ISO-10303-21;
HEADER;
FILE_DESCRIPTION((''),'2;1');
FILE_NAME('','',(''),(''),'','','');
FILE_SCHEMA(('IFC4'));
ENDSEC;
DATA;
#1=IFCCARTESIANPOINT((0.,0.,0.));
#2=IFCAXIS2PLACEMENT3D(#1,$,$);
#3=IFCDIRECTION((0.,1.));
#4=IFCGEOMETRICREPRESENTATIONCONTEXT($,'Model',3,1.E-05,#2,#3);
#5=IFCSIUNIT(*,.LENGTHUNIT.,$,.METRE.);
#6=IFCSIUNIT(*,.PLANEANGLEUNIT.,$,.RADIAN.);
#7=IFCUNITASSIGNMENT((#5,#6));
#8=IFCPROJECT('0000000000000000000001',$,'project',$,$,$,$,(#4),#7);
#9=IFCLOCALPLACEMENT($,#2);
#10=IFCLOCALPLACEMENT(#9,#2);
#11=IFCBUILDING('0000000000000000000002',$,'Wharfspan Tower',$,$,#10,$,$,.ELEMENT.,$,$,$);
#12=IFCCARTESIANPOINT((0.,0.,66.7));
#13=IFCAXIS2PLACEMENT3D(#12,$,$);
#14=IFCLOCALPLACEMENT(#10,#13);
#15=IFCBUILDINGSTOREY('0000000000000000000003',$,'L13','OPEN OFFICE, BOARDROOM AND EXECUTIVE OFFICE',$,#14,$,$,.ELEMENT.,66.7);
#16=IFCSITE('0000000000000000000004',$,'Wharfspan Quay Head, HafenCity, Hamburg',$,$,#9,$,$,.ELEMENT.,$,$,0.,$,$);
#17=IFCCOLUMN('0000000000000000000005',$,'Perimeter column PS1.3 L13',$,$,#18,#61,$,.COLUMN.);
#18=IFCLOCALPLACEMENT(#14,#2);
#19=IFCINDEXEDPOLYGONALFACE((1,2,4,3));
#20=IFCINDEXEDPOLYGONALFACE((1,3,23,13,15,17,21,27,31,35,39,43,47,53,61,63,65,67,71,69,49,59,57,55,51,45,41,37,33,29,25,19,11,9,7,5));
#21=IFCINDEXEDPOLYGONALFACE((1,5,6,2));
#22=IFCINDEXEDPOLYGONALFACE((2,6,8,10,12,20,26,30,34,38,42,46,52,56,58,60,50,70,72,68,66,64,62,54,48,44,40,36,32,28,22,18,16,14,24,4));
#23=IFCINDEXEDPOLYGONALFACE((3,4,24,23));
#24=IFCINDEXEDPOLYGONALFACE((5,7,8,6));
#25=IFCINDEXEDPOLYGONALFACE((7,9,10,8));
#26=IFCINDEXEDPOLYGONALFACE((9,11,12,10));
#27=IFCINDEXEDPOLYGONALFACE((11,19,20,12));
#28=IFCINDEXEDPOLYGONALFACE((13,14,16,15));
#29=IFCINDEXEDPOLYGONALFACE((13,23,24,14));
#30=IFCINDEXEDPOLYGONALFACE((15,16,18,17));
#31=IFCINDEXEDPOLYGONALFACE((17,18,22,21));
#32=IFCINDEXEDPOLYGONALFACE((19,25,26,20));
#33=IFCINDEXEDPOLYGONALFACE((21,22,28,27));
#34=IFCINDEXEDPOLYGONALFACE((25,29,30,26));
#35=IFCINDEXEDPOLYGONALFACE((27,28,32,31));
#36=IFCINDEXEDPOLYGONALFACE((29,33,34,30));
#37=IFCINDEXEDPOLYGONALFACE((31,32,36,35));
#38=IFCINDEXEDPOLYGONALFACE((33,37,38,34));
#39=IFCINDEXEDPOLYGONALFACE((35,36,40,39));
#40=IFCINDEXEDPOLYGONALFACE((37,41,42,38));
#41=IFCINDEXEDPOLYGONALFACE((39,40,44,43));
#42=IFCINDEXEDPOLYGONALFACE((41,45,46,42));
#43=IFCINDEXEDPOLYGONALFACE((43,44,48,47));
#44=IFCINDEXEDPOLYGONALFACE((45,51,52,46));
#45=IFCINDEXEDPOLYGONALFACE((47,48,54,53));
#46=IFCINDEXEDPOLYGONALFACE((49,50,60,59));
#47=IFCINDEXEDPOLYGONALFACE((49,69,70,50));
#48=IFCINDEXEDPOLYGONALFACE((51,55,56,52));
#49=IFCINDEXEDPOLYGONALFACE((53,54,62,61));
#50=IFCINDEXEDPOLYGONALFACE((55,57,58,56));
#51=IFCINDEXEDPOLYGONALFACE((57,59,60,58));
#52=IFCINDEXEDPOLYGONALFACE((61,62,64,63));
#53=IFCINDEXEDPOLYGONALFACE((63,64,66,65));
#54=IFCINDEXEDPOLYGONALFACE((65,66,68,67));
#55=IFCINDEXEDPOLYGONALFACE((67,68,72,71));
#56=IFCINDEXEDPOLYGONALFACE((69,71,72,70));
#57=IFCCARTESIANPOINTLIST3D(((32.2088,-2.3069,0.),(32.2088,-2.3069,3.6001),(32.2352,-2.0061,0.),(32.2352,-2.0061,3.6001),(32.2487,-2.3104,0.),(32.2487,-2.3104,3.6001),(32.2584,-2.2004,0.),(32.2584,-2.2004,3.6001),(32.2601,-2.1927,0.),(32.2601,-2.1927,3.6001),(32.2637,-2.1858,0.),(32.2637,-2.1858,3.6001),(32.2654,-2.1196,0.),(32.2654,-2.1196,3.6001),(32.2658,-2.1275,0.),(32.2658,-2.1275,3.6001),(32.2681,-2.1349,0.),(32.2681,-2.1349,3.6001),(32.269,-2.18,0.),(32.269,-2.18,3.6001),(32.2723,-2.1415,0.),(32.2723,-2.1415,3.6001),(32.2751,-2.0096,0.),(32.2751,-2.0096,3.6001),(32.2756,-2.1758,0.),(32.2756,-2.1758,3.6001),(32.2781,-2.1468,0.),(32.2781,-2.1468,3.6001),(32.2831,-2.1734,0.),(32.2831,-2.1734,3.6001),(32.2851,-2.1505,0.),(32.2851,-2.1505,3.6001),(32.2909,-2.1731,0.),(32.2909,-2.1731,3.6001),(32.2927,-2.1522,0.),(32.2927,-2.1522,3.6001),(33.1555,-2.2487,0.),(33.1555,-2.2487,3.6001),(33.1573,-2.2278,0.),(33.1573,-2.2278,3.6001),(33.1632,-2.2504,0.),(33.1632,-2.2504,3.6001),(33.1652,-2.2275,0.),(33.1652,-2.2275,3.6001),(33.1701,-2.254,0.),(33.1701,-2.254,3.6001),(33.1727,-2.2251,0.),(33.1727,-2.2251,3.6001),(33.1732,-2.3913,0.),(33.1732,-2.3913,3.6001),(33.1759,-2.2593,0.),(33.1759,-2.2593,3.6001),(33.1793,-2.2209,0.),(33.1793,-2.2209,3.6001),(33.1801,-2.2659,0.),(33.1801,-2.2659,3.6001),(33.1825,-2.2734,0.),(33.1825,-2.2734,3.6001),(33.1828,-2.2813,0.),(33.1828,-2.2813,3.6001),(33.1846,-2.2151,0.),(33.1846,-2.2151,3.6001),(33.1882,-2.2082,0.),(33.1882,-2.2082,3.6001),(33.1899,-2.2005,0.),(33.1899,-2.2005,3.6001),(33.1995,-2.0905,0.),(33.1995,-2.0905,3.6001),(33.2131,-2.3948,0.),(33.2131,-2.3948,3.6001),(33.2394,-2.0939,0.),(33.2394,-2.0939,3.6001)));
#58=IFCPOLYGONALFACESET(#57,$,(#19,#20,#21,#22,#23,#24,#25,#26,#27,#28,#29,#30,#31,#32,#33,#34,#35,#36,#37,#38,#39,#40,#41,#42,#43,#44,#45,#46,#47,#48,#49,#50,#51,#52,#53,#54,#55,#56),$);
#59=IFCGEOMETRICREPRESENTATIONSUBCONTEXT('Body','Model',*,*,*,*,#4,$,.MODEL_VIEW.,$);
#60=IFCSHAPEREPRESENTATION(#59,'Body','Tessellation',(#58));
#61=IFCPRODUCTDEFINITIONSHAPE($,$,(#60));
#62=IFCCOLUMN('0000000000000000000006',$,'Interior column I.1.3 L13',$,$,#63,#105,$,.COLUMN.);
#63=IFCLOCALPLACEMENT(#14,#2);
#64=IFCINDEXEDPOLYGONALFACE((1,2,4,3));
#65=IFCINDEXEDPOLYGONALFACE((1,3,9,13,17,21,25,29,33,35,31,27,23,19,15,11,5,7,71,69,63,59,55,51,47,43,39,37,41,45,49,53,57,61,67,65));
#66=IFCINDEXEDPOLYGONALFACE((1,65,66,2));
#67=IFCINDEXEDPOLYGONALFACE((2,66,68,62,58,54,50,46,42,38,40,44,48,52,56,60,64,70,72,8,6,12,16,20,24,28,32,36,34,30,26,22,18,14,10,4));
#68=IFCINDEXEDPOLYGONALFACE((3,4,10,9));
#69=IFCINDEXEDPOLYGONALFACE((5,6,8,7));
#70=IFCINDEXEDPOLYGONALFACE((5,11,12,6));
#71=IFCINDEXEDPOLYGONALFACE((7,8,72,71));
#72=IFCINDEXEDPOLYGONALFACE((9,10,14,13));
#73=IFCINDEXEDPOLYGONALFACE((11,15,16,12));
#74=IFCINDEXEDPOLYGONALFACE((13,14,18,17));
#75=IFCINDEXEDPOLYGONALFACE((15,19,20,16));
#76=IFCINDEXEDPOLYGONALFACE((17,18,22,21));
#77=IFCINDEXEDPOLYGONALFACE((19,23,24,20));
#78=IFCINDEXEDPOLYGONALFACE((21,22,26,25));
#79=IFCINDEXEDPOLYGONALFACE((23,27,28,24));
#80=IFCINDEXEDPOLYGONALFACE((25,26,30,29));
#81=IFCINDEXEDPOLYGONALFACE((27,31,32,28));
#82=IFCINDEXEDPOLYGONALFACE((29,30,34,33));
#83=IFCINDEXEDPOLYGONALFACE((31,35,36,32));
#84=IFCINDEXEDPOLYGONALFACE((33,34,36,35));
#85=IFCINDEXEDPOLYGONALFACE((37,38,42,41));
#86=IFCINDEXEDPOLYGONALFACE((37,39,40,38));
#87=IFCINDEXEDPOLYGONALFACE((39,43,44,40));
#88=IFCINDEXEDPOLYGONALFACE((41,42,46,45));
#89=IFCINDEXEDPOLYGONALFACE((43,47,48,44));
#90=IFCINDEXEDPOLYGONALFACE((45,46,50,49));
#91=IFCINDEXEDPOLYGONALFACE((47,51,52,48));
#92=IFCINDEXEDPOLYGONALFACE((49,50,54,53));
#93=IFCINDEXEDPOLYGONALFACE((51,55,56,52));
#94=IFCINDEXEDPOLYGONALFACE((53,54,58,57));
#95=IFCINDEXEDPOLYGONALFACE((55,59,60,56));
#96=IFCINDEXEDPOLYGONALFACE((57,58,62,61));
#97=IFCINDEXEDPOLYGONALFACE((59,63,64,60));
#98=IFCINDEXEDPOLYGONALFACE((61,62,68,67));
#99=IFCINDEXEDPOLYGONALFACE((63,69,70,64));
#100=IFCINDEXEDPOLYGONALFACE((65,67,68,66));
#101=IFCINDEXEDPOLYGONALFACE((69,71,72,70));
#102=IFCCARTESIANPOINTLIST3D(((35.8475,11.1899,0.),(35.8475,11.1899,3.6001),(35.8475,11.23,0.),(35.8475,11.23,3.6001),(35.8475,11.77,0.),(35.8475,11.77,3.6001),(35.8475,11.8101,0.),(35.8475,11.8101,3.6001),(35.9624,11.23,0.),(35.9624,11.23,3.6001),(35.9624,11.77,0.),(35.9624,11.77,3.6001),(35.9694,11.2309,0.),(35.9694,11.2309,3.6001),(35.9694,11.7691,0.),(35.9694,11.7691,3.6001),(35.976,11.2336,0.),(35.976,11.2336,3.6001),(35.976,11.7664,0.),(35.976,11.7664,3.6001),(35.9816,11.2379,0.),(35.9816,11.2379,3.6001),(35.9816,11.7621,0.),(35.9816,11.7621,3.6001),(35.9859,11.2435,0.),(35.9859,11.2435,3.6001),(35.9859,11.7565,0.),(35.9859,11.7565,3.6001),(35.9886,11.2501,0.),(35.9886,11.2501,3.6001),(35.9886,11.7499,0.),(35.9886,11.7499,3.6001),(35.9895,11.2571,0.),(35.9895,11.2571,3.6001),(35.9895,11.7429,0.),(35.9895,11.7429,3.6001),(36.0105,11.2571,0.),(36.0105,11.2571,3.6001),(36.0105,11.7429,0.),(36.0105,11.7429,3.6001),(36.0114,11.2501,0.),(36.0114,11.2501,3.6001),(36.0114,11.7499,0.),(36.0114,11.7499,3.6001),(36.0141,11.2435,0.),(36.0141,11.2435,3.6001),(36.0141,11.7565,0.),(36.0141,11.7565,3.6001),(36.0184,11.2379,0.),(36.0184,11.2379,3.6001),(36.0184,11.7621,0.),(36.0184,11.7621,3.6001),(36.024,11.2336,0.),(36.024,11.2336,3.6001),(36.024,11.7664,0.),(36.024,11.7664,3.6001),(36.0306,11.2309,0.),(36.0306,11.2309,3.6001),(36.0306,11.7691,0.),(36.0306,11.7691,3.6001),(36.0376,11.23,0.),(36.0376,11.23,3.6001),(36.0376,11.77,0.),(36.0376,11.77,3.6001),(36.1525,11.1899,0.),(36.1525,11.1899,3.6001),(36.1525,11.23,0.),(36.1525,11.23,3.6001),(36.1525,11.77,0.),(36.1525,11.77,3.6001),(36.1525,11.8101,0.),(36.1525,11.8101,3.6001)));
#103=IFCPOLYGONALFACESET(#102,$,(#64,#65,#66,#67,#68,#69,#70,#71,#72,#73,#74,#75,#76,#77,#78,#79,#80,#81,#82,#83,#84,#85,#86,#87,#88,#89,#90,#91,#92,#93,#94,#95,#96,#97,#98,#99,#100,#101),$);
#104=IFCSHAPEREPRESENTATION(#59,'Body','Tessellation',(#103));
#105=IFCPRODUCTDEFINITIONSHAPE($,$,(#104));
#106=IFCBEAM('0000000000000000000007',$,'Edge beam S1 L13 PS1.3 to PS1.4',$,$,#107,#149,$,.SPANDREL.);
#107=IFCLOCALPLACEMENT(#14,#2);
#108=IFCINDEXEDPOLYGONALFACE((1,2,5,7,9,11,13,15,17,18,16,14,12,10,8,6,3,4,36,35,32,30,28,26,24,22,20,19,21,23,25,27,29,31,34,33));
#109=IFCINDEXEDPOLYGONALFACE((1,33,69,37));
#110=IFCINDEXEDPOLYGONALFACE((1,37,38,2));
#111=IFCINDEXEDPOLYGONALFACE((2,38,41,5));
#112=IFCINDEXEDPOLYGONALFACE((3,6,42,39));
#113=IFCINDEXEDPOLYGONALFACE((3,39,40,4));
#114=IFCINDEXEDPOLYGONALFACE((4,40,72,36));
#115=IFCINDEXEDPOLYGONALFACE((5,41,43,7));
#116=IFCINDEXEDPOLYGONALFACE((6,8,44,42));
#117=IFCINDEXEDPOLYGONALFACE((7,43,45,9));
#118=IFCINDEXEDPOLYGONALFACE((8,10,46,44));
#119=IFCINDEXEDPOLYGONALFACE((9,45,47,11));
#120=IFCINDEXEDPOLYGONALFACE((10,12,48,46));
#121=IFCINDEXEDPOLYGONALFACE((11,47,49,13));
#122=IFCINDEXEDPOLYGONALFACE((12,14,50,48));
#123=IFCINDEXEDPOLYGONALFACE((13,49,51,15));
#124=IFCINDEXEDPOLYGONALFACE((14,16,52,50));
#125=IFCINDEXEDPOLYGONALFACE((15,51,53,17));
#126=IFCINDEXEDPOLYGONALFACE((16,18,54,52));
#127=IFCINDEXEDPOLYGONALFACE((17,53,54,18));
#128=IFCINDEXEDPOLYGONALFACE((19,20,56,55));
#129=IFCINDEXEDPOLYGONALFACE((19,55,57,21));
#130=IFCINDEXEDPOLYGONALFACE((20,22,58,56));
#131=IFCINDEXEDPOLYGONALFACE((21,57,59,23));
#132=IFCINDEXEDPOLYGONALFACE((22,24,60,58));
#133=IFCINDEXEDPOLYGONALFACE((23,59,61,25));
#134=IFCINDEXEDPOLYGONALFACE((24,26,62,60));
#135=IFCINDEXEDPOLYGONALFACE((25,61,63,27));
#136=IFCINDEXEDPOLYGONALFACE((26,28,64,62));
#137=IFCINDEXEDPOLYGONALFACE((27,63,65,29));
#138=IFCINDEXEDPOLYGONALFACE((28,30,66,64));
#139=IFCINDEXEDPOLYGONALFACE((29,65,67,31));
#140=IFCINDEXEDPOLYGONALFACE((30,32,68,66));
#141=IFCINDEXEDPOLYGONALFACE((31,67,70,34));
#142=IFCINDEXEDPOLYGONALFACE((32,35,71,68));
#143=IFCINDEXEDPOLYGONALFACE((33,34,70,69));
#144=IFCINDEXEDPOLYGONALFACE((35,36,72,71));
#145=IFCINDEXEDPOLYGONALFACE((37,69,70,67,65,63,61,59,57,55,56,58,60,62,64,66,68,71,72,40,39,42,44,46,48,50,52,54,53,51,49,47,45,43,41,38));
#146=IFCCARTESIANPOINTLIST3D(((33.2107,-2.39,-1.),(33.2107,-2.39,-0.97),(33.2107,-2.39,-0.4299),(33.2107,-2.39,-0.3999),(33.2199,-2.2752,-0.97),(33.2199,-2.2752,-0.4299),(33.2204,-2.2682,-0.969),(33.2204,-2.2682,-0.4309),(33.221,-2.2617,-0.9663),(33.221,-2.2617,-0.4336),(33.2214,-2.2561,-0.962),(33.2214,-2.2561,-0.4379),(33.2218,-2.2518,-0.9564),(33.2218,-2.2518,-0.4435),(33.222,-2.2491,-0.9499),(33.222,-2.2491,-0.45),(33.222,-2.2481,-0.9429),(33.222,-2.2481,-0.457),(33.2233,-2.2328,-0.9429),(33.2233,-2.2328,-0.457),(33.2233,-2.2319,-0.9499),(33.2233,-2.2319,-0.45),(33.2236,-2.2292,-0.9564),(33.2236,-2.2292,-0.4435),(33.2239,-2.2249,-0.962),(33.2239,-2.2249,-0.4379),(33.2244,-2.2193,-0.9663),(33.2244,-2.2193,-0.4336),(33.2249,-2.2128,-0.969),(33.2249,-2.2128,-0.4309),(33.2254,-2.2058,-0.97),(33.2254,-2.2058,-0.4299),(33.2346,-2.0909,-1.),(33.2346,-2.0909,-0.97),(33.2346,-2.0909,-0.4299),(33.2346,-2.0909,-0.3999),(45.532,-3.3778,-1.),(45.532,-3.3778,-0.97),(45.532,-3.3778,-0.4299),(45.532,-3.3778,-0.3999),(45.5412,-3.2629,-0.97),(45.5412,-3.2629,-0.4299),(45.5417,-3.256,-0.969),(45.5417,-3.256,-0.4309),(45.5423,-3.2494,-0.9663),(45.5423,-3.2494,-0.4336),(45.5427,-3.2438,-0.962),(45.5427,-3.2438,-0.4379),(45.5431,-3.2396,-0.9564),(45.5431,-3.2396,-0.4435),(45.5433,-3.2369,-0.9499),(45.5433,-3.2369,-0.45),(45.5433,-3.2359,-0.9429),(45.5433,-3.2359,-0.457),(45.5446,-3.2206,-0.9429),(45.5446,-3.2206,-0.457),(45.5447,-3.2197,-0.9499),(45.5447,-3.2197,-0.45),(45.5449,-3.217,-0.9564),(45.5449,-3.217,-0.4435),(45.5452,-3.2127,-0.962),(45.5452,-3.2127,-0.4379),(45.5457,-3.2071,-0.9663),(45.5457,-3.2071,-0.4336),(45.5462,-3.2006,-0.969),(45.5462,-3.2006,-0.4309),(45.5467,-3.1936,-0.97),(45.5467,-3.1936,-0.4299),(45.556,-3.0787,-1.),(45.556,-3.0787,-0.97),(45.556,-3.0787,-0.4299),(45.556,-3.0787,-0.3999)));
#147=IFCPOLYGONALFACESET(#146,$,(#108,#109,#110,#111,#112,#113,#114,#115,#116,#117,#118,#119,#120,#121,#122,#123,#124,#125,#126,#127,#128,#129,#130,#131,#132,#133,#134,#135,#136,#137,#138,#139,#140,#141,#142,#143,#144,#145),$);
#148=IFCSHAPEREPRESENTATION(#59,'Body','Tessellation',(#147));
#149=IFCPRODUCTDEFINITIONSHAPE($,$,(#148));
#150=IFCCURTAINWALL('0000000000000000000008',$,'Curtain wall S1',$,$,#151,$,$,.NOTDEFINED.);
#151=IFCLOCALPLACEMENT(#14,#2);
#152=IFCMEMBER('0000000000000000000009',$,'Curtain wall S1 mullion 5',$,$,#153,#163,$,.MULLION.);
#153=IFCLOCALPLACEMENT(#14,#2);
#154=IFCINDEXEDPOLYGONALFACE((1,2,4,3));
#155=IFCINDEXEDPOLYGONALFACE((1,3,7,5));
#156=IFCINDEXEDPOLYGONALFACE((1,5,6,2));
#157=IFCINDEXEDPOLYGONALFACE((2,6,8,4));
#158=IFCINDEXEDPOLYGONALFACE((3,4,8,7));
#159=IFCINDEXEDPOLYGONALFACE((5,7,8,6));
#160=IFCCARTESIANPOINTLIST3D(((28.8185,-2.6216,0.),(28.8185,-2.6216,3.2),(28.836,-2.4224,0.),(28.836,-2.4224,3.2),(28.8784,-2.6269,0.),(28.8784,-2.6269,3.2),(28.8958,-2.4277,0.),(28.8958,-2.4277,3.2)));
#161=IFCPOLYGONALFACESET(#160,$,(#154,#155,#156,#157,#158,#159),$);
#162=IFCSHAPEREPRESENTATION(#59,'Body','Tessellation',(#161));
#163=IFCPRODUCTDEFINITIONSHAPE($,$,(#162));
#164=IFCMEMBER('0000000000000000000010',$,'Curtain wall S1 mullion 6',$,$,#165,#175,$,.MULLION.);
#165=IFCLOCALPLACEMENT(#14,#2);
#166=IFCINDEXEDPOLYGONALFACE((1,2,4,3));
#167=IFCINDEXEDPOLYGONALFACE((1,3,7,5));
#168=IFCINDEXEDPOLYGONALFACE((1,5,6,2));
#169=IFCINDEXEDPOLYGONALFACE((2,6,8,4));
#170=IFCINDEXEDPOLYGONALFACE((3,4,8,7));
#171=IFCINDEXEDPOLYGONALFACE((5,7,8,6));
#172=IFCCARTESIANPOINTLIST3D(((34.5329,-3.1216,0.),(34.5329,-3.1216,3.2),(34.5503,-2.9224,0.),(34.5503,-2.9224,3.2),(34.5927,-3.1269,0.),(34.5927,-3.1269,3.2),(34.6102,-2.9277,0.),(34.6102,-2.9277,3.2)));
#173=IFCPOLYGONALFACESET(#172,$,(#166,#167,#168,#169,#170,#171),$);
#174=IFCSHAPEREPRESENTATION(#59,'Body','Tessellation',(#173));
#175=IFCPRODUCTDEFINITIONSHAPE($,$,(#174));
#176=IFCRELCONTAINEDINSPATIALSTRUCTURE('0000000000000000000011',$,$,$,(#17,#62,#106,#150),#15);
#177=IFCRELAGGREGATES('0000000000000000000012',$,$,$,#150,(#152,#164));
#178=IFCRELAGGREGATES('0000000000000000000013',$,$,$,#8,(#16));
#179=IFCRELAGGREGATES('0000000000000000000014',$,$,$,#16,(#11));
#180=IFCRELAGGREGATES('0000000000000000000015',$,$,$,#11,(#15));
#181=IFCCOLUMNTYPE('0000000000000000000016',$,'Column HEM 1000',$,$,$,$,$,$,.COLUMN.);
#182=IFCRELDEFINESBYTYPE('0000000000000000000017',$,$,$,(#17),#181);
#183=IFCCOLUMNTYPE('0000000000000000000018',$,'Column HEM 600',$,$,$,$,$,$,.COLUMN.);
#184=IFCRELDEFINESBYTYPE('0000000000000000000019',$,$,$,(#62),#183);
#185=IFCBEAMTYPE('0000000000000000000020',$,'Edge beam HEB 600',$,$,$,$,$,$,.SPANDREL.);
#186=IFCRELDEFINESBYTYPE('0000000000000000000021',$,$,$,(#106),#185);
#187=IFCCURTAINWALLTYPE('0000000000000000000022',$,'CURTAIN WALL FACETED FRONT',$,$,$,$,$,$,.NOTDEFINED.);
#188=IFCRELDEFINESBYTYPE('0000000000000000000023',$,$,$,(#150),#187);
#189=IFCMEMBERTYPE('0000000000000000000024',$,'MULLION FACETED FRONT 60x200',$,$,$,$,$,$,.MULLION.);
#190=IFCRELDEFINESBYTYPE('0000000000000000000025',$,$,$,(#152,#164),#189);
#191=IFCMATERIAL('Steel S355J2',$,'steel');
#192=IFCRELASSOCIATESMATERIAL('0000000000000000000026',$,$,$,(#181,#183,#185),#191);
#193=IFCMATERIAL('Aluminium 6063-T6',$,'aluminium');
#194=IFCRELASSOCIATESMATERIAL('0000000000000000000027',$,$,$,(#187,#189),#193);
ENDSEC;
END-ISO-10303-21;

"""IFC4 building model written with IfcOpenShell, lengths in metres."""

from ifc_helpers import new_model, si_unit, direction, frame, origin, origin_2d, place, context, subcontext, project, spatial, rectangle, i_section, extrude, material, material_profile, profile_set, type_object, element, aggregate, save


model = new_model("IFC4")

# Units and contexts
model_context = context("Model", 3, precision=1e-05, world=origin(), true_north=direction((0.0, 1.0)))
body_context = subcontext(model_context, "Body", "Model", "MODEL_VIEW")
ifc_project = project(units=[si_unit("LENGTHUNIT", "METRE"), si_unit("PLANEANGLEUNIT", "RADIAN")], contexts=[model_context])

# Site, building, storey
site_placement = place(None, origin())
site = spatial("IfcSite", under=ifc_project, at=site_placement, Name="Wharfspan Quay Head, HafenCity, Hamburg", CompositionType="ELEMENT", RefElevation=0.0)
building_placement = place(site_placement, origin())
building = spatial("IfcBuilding", under=site, at=building_placement, Name="Wharfspan Tower", CompositionType="ELEMENT")
storey_placement = place(building_placement, frame((0.0, 0.0, 66.7)))
storey = spatial("IfcBuildingStorey", under=building, at=storey_placement, Name="L13", Description="OPEN OFFICE, BOARDROOM AND EXECUTIVE OFFICE", CompositionType="ELEMENT", Elevation=66.7)

# Columns
ifc_material_1 = material(Name="Steel S355J2", Category="steel")
ifc_material_profile_1 = material_profile(ifc_material_1, i_section(OverallWidth=0.302, OverallDepth=1.0081, WebThickness=0.021, FlangeThickness=0.04, FilletRadius=0.03, at=origin_2d()))
ifc_profile_set_1 = profile_set([ifc_material_profile_1], Name="Steel S355J2")
column_type_1 = type_object("IfcColumnType", Name="Column HEM 1000", PredefinedType="COLUMN", material=ifc_profile_set_1)
column_1_placement = place(storey_placement, frame((32.7241, -2.2004, 0.0), z_axis=(0.0, 0.0, 1.0), x_axis=(-0.087156, -0.996198, 0.0)))
element("IfcColumn", 1, at=column_1_placement, inside=storey, type_object=column_type_1, Name="Perimeter column PS1.3 L13", PredefinedType="COLUMN", context=body_context, shape_type="SweptSolid", body=[
    extrude(i_section(OverallWidth=0.302, OverallDepth=1.0081, WebThickness=0.021, FlangeThickness=0.04, FilletRadius=0.03, at=origin_2d()), origin(), (0.0, 0.0, 1.0), 3.6001),
])
ifc_material_profile_2 = material_profile(ifc_material_1, i_section(OverallWidth=0.3049, OverallDepth=0.6201, WebThickness=0.021, FlangeThickness=0.04, FilletRadius=0.0271, at=origin_2d()))
ifc_profile_set_2 = profile_set([ifc_material_profile_2], Name="Steel S355J2")
column_type_2 = type_object("IfcColumnType", Name="Column HEM 600", PredefinedType="COLUMN", material=ifc_profile_set_2)
column_2_placement = place(storey_placement, frame((36.0, 11.5, 0.0), z_axis=(0.0, 0.0, 1.0), x_axis=(1.0, 0.0, 0.0)))
element("IfcColumn", 2, at=column_2_placement, inside=storey, type_object=column_type_2, Name="Interior column I.1.3 L13", PredefinedType="COLUMN", context=body_context, shape_type="SweptSolid", body=[
    extrude(i_section(OverallWidth=0.3049, OverallDepth=0.6201, WebThickness=0.021, FlangeThickness=0.04, FilletRadius=0.0271, at=origin_2d()), origin(), (0.0, 0.0, 1.0), 3.6001),
])

# Beam
ifc_material_profile_3 = material_profile(ifc_material_1, i_section(OverallWidth=0.3, OverallDepth=0.6001, WebThickness=0.0154, FlangeThickness=0.03, FilletRadius=0.0271, at=origin_2d()))
ifc_profile_set_3 = profile_set([ifc_material_profile_3], Name="Steel S355J2")
beam_type = type_object("IfcBeamType", Name="Edge beam HEB 600", PredefinedType="SPANDREL", material=ifc_profile_set_3)
beam_placement = place(storey_placement, frame((33.2227, -2.2405, -0.7), z_axis=(0.996802, -0.079913, 0.0), x_axis=(0.079913, 0.996802, 0.0)))
element("IfcBeam", 3, at=beam_placement, inside=storey, type_object=beam_type, Name="Edge beam S1 L13 PS1.3 to PS1.4", PredefinedType="SPANDREL", context=body_context, shape_type="SweptSolid", body=[
    extrude(i_section(OverallWidth=0.3, OverallDepth=0.6001, WebThickness=0.0154, FlangeThickness=0.03, FilletRadius=0.0271, at=origin_2d()), origin(), (0.0, 0.0, 1.0), 12.3608),
])

# Curtain wall, members
ifc_material_2 = material(Name="Aluminium 6063-T6", Category="aluminium")
curtain_wall_type = type_object("IfcCurtainWallType", Name="CURTAIN WALL FACETED FRONT", PredefinedType="NOTDEFINED", material=ifc_material_2)
curtain_wall_placement = place(storey_placement, origin())
curtain_wall = element("IfcCurtainWall", 4, at=curtain_wall_placement, inside=storey, type_object=curtain_wall_type, Name="Curtain wall S1", PredefinedType="NOTDEFINED")
ifc_material_profile_4 = material_profile(ifc_material_2, rectangle(XDim=0.2, YDim=0.0601, at=origin_2d()))
ifc_profile_set_4 = profile_set([ifc_material_profile_4], Name="Aluminium 6063-T6")
member_type_1 = type_object("IfcMemberType", Name="MULLION FACETED FRONT 60x200", PredefinedType="MULLION", material=ifc_profile_set_4)
member_1_placement = place(storey_placement, frame((28.8572, -2.5247, 0.0), z_axis=(0.0, 0.0, 1.0), x_axis=(0.087156, 0.996197, 0.0)))
member_1 = element("IfcMember", 5, at=member_1_placement, type_object=member_type_1, Name="Curtain wall S1 mullion 5", PredefinedType="MULLION", context=body_context, shape_type="SweptSolid", body=[
    extrude(rectangle(XDim=0.2, YDim=0.0601, at=origin_2d()), origin(), (0.0, 0.0, 1.0), 3.2),
])
member_2_placement = place(storey_placement, frame((34.5715, -3.0247, 0.0), z_axis=(0.0, 0.0, 1.0), x_axis=(0.087156, 0.996197, 0.0)))
member_2 = element("IfcMember", 6, at=member_2_placement, type_object=member_type_1, Name="Curtain wall S1 mullion 6", PredefinedType="MULLION", context=body_context, shape_type="SweptSolid", body=[
    extrude(rectangle(XDim=0.2, YDim=0.0601, at=origin_2d()), origin(), (0.0, 0.0, 1.0), 3.2),
])

aggregate(curtain_wall, [member_1, member_2])

save(model, "model.ifc")
